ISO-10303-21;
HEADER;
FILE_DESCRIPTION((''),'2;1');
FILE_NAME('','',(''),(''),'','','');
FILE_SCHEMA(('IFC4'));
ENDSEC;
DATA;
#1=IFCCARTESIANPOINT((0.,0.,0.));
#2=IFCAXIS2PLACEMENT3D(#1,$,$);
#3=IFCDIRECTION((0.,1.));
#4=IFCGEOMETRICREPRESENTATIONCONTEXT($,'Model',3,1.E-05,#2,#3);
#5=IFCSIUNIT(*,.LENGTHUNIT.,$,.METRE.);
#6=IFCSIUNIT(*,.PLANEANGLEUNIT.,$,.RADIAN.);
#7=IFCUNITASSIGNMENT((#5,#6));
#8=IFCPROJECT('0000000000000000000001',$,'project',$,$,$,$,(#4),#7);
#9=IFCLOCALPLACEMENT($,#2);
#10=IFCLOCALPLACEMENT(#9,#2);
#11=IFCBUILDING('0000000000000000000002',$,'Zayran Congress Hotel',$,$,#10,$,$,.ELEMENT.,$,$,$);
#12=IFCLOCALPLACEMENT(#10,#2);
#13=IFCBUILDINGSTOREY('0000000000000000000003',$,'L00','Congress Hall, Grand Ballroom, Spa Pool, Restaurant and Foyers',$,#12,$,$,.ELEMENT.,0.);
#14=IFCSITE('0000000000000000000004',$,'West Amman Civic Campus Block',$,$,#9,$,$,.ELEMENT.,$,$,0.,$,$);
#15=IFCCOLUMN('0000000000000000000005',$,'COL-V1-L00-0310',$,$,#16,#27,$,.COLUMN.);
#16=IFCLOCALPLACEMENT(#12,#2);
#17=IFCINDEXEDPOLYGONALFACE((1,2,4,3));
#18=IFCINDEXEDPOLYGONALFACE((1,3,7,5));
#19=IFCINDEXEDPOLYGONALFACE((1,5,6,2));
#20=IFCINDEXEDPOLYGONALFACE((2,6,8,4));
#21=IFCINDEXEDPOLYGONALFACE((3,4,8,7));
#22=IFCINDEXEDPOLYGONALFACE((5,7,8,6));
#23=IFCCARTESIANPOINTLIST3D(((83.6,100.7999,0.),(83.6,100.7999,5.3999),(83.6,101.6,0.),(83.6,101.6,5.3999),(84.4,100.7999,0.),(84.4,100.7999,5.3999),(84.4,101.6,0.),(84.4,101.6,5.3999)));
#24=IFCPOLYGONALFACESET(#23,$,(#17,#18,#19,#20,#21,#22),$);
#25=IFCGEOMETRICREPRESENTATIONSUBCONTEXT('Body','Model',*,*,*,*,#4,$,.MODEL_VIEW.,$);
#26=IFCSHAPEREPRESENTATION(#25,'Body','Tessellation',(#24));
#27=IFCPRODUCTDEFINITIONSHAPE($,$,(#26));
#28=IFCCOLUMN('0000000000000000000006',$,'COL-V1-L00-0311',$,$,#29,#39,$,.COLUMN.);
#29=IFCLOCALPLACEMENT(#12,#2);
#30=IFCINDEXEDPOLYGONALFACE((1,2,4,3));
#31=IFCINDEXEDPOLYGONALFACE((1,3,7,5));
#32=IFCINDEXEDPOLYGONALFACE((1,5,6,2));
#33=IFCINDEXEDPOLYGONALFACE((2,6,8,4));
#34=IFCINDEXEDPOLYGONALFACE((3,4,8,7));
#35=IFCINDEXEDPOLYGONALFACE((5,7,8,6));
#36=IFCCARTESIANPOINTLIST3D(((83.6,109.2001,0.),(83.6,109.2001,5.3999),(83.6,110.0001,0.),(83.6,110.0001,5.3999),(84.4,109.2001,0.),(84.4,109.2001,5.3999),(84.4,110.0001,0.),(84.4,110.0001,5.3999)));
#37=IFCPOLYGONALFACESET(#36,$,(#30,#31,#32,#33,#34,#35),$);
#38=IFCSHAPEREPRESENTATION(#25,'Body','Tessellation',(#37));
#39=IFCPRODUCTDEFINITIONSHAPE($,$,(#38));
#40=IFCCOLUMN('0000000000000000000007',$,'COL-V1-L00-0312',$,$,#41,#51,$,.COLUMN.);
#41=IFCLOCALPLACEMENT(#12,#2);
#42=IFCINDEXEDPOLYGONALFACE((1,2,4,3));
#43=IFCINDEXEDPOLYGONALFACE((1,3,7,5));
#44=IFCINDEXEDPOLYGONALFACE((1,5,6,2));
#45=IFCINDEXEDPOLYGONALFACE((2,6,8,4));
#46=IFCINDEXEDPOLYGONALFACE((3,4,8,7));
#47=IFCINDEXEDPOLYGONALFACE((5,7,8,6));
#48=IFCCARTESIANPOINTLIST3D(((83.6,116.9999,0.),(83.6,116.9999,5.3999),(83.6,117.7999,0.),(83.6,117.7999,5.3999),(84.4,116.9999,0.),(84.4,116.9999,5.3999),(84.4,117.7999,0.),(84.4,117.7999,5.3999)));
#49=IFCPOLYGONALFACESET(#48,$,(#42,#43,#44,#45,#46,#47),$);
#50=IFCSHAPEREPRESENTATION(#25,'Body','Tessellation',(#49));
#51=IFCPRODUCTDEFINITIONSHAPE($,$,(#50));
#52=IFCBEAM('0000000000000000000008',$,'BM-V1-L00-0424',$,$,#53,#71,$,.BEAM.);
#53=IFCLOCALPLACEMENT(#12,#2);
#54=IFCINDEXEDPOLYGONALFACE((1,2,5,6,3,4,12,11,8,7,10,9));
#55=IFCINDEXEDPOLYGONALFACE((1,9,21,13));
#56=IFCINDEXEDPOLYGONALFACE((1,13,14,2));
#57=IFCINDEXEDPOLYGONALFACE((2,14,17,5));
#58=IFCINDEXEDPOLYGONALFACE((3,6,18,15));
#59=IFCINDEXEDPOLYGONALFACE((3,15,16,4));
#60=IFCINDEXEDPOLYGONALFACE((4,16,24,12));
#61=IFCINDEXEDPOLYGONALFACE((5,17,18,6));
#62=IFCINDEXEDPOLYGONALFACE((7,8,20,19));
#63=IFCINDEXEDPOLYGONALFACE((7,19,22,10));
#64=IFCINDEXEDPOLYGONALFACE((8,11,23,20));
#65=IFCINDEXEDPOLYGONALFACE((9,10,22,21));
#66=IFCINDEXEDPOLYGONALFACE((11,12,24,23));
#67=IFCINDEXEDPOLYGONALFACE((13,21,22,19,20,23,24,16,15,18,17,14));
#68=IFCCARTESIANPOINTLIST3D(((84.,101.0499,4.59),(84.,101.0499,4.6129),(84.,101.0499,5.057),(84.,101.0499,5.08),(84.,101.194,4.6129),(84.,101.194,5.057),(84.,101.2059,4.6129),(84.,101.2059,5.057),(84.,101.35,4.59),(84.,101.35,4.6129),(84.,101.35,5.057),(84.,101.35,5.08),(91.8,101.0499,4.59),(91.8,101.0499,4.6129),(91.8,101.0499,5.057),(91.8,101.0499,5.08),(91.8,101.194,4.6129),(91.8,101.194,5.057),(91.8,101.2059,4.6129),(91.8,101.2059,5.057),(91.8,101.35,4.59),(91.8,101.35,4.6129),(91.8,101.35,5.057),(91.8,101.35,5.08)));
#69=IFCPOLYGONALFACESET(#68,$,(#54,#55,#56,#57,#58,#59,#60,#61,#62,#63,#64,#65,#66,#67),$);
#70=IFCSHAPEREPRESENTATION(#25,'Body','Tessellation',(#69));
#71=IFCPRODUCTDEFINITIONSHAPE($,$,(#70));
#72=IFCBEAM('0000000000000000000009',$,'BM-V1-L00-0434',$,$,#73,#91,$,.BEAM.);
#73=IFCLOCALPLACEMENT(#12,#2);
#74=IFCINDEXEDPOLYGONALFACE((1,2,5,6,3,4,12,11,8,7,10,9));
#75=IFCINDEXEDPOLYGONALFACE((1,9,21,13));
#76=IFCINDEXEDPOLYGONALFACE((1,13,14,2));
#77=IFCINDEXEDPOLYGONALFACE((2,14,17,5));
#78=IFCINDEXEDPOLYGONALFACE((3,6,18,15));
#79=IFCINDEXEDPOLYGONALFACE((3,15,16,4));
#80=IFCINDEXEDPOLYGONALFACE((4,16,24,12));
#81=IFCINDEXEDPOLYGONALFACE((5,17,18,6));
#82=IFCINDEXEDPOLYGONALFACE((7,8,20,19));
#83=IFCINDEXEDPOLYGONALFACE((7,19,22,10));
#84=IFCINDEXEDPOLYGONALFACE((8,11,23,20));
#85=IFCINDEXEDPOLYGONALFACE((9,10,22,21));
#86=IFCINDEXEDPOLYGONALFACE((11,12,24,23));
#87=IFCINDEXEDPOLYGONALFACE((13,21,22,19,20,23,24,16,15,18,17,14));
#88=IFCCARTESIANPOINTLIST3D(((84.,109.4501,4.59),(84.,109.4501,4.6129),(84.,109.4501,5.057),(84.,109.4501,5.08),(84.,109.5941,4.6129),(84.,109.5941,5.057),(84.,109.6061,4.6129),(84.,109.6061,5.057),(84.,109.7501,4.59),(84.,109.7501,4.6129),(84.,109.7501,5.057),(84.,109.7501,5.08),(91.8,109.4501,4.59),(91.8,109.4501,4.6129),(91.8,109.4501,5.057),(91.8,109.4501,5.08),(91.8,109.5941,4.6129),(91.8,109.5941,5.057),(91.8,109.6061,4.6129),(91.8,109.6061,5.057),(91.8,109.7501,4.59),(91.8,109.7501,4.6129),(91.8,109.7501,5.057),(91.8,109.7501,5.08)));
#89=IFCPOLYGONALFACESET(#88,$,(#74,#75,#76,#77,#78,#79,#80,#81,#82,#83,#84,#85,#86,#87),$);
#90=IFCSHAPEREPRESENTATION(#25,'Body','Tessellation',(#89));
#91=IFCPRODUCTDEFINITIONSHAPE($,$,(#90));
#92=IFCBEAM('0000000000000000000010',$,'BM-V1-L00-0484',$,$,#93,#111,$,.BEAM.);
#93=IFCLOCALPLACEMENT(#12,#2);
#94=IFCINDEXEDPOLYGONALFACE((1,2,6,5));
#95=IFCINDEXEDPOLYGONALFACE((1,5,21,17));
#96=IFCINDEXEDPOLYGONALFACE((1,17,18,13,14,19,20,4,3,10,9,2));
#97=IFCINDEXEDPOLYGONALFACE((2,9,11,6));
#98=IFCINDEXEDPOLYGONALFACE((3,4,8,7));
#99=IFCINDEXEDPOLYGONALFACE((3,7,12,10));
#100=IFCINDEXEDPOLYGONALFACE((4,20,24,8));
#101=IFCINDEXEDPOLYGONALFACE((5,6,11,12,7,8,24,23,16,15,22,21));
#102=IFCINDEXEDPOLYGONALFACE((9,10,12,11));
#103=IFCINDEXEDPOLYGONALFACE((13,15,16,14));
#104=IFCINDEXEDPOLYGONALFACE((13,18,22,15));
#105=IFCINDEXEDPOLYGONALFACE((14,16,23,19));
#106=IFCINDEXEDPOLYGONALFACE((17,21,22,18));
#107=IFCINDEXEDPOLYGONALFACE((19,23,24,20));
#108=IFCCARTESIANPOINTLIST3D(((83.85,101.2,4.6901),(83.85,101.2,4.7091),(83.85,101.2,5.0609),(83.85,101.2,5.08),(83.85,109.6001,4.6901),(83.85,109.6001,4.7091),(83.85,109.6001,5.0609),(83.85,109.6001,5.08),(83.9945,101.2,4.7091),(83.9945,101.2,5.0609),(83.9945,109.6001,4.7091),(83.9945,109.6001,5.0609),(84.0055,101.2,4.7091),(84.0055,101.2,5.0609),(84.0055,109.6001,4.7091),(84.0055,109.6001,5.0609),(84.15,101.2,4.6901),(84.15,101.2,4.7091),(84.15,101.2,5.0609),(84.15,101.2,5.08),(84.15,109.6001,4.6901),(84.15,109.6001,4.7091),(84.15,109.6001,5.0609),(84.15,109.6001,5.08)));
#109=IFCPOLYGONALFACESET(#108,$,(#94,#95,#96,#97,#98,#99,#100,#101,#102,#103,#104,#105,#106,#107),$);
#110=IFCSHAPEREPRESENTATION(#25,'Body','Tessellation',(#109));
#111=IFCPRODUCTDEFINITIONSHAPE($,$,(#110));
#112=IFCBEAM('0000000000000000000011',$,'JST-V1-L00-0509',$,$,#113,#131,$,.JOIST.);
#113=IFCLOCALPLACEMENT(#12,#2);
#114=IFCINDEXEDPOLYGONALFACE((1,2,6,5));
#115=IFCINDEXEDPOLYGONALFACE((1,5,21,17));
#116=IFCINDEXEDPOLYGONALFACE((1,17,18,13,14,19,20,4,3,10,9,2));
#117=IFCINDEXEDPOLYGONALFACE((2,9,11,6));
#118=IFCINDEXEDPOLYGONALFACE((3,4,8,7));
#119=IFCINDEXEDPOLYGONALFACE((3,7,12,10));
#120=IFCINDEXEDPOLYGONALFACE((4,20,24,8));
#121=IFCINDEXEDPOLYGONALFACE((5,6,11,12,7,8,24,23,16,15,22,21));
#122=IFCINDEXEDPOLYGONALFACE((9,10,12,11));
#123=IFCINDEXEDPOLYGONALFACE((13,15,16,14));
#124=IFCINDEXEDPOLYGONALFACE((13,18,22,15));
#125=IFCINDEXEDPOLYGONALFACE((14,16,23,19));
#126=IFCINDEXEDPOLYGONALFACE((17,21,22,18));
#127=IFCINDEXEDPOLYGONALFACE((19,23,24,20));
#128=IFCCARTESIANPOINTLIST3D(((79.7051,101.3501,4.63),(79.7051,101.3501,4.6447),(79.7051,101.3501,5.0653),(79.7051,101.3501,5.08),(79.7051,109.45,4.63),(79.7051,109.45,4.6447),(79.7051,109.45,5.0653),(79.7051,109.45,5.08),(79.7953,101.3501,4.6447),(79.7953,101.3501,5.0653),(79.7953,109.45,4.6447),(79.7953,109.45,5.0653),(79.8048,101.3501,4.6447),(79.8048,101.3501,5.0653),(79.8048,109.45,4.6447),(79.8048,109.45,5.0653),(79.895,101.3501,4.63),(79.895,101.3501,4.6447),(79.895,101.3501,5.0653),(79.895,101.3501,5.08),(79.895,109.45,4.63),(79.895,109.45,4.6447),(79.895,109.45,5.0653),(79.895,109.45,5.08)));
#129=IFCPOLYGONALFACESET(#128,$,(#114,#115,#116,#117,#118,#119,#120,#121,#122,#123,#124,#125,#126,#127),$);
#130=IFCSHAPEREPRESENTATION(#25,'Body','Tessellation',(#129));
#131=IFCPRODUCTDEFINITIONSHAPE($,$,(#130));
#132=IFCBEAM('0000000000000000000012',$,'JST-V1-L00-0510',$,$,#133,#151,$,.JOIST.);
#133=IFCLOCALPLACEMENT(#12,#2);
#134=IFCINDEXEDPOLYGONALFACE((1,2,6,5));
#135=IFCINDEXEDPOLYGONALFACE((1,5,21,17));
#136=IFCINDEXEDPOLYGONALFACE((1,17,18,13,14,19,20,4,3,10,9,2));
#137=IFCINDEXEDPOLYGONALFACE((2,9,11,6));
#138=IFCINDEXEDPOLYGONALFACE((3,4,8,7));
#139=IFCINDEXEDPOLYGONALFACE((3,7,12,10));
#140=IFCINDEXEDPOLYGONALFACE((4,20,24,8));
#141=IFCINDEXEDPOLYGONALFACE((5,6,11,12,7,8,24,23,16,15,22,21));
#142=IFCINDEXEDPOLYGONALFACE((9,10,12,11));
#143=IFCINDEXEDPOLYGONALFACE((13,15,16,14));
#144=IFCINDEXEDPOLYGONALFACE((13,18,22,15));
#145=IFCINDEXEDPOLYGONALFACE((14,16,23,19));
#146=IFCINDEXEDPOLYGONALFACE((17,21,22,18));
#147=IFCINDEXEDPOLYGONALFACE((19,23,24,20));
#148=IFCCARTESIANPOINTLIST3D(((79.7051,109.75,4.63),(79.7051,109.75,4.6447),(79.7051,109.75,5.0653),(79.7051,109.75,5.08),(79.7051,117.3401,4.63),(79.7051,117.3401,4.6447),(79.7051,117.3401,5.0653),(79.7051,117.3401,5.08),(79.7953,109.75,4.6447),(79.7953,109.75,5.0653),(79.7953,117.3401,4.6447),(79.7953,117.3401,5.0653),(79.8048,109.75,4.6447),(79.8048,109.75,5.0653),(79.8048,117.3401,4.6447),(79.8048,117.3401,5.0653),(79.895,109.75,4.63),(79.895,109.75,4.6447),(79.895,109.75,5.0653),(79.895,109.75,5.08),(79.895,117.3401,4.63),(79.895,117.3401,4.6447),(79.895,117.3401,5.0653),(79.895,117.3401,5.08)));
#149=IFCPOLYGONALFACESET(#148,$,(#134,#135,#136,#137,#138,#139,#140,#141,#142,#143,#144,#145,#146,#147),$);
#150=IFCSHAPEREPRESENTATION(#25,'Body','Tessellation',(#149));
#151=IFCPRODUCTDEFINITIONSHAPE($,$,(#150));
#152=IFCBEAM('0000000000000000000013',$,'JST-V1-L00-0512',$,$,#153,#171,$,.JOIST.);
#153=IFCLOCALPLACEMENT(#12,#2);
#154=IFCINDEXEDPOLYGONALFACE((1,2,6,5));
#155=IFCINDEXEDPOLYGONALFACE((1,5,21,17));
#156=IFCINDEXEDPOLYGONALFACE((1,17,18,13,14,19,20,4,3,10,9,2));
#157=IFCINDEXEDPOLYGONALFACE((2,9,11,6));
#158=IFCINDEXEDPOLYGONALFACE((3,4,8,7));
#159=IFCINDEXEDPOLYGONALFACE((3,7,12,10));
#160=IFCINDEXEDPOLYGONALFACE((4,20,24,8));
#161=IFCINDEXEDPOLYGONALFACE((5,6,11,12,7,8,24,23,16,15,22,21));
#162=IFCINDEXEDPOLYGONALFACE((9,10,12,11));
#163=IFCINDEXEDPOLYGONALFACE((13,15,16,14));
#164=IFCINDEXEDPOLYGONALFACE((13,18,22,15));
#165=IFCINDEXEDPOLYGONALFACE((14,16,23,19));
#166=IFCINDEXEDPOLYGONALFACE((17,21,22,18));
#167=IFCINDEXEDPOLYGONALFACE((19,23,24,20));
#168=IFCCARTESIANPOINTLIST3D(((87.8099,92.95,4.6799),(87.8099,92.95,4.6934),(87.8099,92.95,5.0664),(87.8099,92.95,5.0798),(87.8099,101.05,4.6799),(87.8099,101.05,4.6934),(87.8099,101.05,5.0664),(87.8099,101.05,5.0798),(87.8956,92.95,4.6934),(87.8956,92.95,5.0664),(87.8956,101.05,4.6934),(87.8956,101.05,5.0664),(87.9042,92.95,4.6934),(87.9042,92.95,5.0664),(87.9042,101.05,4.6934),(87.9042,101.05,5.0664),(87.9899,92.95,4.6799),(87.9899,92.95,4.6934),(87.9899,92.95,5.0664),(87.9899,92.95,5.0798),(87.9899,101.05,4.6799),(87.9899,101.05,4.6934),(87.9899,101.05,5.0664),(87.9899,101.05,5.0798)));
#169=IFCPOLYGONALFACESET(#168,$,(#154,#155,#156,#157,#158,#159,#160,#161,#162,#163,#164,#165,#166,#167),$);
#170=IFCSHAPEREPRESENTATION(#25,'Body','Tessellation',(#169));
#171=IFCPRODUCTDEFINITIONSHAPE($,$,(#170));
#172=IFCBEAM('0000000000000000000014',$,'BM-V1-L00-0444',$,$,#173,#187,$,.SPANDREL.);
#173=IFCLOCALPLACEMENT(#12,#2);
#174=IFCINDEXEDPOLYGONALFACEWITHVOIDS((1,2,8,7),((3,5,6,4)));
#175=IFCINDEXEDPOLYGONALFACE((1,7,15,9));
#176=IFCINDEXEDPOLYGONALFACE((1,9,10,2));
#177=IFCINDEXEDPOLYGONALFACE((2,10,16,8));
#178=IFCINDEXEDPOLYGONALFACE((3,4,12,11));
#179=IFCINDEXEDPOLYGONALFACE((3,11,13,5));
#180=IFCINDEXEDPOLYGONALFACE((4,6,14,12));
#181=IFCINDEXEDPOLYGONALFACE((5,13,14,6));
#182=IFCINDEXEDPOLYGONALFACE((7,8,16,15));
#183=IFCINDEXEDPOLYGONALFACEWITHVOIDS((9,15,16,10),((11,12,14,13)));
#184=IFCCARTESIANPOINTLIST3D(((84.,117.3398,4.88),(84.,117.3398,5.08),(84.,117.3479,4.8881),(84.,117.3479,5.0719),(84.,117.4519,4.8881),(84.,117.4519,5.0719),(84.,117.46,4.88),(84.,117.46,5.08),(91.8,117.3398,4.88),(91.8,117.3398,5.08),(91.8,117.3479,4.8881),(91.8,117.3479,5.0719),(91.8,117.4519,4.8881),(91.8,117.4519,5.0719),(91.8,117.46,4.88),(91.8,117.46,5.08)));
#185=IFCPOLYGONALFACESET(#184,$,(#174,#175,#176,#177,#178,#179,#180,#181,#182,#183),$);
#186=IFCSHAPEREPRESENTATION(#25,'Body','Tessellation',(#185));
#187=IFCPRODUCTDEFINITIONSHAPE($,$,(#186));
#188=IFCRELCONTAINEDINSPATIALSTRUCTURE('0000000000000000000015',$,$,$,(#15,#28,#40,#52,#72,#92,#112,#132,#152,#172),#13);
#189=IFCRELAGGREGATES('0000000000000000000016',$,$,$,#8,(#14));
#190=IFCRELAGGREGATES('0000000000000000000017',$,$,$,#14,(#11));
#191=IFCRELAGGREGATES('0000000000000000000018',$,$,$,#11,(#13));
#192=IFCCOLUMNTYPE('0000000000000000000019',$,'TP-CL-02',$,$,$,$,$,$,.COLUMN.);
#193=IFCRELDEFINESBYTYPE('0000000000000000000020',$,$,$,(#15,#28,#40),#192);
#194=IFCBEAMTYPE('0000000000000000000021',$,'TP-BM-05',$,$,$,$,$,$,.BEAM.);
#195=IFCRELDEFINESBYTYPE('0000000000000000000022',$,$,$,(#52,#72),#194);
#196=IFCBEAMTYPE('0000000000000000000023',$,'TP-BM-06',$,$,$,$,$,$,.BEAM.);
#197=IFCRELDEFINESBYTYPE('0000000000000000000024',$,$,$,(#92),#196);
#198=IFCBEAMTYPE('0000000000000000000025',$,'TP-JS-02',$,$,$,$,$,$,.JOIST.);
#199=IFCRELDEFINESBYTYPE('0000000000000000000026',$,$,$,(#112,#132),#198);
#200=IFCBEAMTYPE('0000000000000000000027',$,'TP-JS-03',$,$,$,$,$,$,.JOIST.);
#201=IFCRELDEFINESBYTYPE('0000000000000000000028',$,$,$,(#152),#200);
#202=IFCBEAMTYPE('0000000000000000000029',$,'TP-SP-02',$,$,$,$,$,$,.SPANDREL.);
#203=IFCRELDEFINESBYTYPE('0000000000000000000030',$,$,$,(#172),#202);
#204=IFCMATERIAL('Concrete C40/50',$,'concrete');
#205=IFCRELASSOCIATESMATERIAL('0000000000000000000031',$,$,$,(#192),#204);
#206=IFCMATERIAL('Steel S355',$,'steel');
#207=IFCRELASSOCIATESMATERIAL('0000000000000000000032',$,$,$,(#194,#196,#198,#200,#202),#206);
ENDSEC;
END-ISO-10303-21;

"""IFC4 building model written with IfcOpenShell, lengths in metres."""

from ifc_helpers import new_model, si_unit, direction, frame, origin, origin_2d, place, context, subcontext, project, spatial, rectangle, hollow_rectangle, i_section, extrude, material, material_profile, profile_set, type_object, element, save


model = new_model("IFC4")

# Units and contexts
model_context = context("Model", 3, precision=1e-05, world=origin(), true_north=direction((0.0, 1.0)))
body_context = subcontext(model_context, "Body", "Model", "MODEL_VIEW")
ifc_project = project(units=[si_unit("LENGTHUNIT", "METRE"), si_unit("PLANEANGLEUNIT", "RADIAN")], contexts=[model_context])

# Site, building, storey
site_placement = place(None, origin())
site = spatial("IfcSite", under=ifc_project, at=site_placement, Name="West Amman Civic Campus Block", CompositionType="ELEMENT", RefElevation=0.0)
building_placement = place(site_placement, origin())
building = spatial("IfcBuilding", under=site, at=building_placement, Name="Zayran Congress Hotel", CompositionType="ELEMENT")
storey_placement = place(building_placement, origin())
storey = spatial("IfcBuildingStorey", under=building, at=storey_placement, Name="L00", Description="Congress Hall, Grand Ballroom, Spa Pool, Restaurant and Foyers", CompositionType="ELEMENT", Elevation=0.0)

# Columns
ifc_material_1 = material(Name="Concrete C40/50", Category="concrete")
ifc_material_profile_1 = material_profile(ifc_material_1, rectangle(XDim=0.8, YDim=0.8, at=origin_2d()), Name="RC 800x800")
ifc_profile_set_1 = profile_set([ifc_material_profile_1], Name="Concrete C40/50")
column_type = type_object("IfcColumnType", Name="TP-CL-02", PredefinedType="COLUMN", material=ifc_profile_set_1)
for number, where, z_axis, x_axis, name in (
    (1, (84.0, 101.2, 0.0), (0.0, 0.0, 1.0), (1.0, 0.0, 0.0), "COL-V1-L00-0310"),
    (2, (84.0, 109.6001, 0.0), (0.0, 0.0, 1.0), (1.0, 0.0, 0.0), "COL-V1-L00-0311"),
    (3, (84.0, 117.3999, 0.0), (0.0, 0.0, 1.0), (1.0, 0.0, 0.0), "COL-V1-L00-0312"),
):
    element("IfcColumn", number, at=place(storey_placement, frame(where, z_axis=z_axis, x_axis=x_axis)), inside=storey, type_object=column_type, Name=name, PredefinedType="COLUMN", context=body_context, shape_type="SweptSolid", body=[
        extrude(rectangle(XDim=0.8, YDim=0.8, at=origin_2d()), origin(), (0.0, 0.0, 1.0), 5.3999),
    ])

# Beams
ifc_material_2 = material(Name="Steel S355", Category="steel")
ifc_material_profile_2 = material_profile(ifc_material_2, i_section(OverallWidth=0.3, OverallDepth=0.49, WebThickness=0.012, FlangeThickness=0.0229, at=origin_2d()), Name="HEA 500")
ifc_profile_set_2 = profile_set([ifc_material_profile_2], Name="Steel S355")
beam_type_1 = type_object("IfcBeamType", Name="TP-BM-05", PredefinedType="BEAM", material=ifc_profile_set_2)
for number, where, z_axis, x_axis, name in (
    (4, (84.0, 101.2, 4.835), (1.0, 0.0, 0.0), (0.0, 1.0, 0.0), "BM-V1-L00-0424"),
    (5, (84.0, 109.6001, 4.835), (1.0, 0.0, 0.0), (0.0, 1.0, 0.0), "BM-V1-L00-0434"),
):
    element("IfcBeam", number, at=place(storey_placement, frame(where, z_axis=z_axis, x_axis=x_axis)), inside=storey, type_object=beam_type_1, Name=name, PredefinedType="BEAM", context=body_context, shape_type="SweptSolid", body=[
        extrude(i_section(OverallWidth=0.3, OverallDepth=0.49, WebThickness=0.012, FlangeThickness=0.0229, at=origin_2d()), origin(), (0.0, 0.0, 1.0), 7.8),
    ])
ifc_material_profile_3 = material_profile(ifc_material_2, i_section(OverallWidth=0.3, OverallDepth=0.3899, WebThickness=0.011, FlangeThickness=0.019, at=origin_2d()), Name="HEA 400")
ifc_profile_set_3 = profile_set([ifc_material_profile_3], Name="Steel S355")
beam_type_2 = type_object("IfcBeamType", Name="TP-BM-06", PredefinedType="BEAM", material=ifc_profile_set_3)
beam_1_placement = place(storey_placement, frame((84.0, 101.2, 4.885), z_axis=(0.0, 1.0, 0.0), x_axis=(-1.0, 0.0, 0.0)))
element("IfcBeam", 6, at=beam_1_placement, inside=storey, type_object=beam_type_2, Name="BM-V1-L00-0484", PredefinedType="BEAM", context=body_context, shape_type="SweptSolid", body=[
    extrude(i_section(OverallWidth=0.3, OverallDepth=0.3899, WebThickness=0.011, FlangeThickness=0.019, at=origin_2d()), origin(), (0.0, 0.0, 1.0), 8.4001),
])
ifc_material_profile_4 = material_profile(ifc_material_2, i_section(OverallWidth=0.1899, OverallDepth=0.45, WebThickness=0.0095, FlangeThickness=0.0146, at=origin_2d()), Name="IPE 450")
ifc_profile_set_4 = profile_set([ifc_material_profile_4], Name="Steel S355")
beam_type_3 = type_object("IfcBeamType", Name="TP-JS-02", PredefinedType="JOIST", material=ifc_profile_set_4)
beam_2_placement = place(storey_placement, frame((79.8, 101.3501, 4.855), z_axis=(0.0, 1.0, 0.0), x_axis=(-1.0, 0.0, 0.0)))
element("IfcBeam", 7, at=beam_2_placement, inside=storey, type_object=beam_type_3, Name="JST-V1-L00-0509", PredefinedType="JOIST", context=body_context, shape_type="SweptSolid", body=[
    extrude(i_section(OverallWidth=0.1899, OverallDepth=0.45, WebThickness=0.0095, FlangeThickness=0.0146, at=origin_2d()), origin(), (0.0, 0.0, 1.0), 8.0999),
])
beam_3_placement = place(storey_placement, frame((79.8, 109.75, 4.855), z_axis=(0.0, 1.0, 0.0), x_axis=(-1.0, 0.0, 0.0)))
element("IfcBeam", 8, at=beam_3_placement, inside=storey, type_object=beam_type_3, Name="JST-V1-L00-0510", PredefinedType="JOIST", context=body_context, shape_type="SweptSolid", body=[
    extrude(i_section(OverallWidth=0.1899, OverallDepth=0.45, WebThickness=0.0095, FlangeThickness=0.0146, at=origin_2d()), origin(), (0.0, 0.0, 1.0), 7.5901),
])
ifc_material_profile_5 = material_profile(ifc_material_2, i_section(OverallWidth=0.1799, OverallDepth=0.3999, WebThickness=0.0085, FlangeThickness=0.0134, at=origin_2d()), Name="IPE 400")
ifc_profile_set_5 = profile_set([ifc_material_profile_5], Name="Steel S355")
beam_type_4 = type_object("IfcBeamType", Name="TP-JS-03", PredefinedType="JOIST", material=ifc_profile_set_5)
beam_4_placement = place(storey_placement, frame((87.8999, 92.95, 4.8799), z_axis=(0.0, 1.0, 0.0), x_axis=(-1.0, 0.0, 0.0)))
element("IfcBeam", 9, at=beam_4_placement, inside=storey, type_object=beam_type_4, Name="JST-V1-L00-0512", PredefinedType="JOIST", context=body_context, shape_type="SweptSolid", body=[
    extrude(i_section(OverallWidth=0.1799, OverallDepth=0.3999, WebThickness=0.0085, FlangeThickness=0.0134, at=origin_2d()), origin(), (0.0, 0.0, 1.0), 8.1001),
])
ifc_material_profile_6 = material_profile(ifc_material_2, hollow_rectangle(XDim=0.1201, YDim=0.2, WallThickness=0.0081, at=origin_2d()), Name="RHS 200x120x8")
ifc_profile_set_6 = profile_set([ifc_material_profile_6], Name="Steel S355")
beam_type_5 = type_object("IfcBeamType", Name="TP-SP-02", PredefinedType="SPANDREL", material=ifc_profile_set_6)
beam_5_placement = place(storey_placement, frame((84.0, 117.3999, 4.98), z_axis=(1.0, 0.0, 0.0), x_axis=(0.0, 1.0, 0.0)))
element("IfcBeam", 10, at=beam_5_placement, inside=storey, type_object=beam_type_5, Name="BM-V1-L00-0444", PredefinedType="SPANDREL", context=body_context, shape_type="SweptSolid", body=[
    extrude(hollow_rectangle(XDim=0.1201, YDim=0.2, WallThickness=0.0081, at=origin_2d()), origin(), (0.0, 0.0, 1.0), 7.8),
])

save(model, "model.ifc")
